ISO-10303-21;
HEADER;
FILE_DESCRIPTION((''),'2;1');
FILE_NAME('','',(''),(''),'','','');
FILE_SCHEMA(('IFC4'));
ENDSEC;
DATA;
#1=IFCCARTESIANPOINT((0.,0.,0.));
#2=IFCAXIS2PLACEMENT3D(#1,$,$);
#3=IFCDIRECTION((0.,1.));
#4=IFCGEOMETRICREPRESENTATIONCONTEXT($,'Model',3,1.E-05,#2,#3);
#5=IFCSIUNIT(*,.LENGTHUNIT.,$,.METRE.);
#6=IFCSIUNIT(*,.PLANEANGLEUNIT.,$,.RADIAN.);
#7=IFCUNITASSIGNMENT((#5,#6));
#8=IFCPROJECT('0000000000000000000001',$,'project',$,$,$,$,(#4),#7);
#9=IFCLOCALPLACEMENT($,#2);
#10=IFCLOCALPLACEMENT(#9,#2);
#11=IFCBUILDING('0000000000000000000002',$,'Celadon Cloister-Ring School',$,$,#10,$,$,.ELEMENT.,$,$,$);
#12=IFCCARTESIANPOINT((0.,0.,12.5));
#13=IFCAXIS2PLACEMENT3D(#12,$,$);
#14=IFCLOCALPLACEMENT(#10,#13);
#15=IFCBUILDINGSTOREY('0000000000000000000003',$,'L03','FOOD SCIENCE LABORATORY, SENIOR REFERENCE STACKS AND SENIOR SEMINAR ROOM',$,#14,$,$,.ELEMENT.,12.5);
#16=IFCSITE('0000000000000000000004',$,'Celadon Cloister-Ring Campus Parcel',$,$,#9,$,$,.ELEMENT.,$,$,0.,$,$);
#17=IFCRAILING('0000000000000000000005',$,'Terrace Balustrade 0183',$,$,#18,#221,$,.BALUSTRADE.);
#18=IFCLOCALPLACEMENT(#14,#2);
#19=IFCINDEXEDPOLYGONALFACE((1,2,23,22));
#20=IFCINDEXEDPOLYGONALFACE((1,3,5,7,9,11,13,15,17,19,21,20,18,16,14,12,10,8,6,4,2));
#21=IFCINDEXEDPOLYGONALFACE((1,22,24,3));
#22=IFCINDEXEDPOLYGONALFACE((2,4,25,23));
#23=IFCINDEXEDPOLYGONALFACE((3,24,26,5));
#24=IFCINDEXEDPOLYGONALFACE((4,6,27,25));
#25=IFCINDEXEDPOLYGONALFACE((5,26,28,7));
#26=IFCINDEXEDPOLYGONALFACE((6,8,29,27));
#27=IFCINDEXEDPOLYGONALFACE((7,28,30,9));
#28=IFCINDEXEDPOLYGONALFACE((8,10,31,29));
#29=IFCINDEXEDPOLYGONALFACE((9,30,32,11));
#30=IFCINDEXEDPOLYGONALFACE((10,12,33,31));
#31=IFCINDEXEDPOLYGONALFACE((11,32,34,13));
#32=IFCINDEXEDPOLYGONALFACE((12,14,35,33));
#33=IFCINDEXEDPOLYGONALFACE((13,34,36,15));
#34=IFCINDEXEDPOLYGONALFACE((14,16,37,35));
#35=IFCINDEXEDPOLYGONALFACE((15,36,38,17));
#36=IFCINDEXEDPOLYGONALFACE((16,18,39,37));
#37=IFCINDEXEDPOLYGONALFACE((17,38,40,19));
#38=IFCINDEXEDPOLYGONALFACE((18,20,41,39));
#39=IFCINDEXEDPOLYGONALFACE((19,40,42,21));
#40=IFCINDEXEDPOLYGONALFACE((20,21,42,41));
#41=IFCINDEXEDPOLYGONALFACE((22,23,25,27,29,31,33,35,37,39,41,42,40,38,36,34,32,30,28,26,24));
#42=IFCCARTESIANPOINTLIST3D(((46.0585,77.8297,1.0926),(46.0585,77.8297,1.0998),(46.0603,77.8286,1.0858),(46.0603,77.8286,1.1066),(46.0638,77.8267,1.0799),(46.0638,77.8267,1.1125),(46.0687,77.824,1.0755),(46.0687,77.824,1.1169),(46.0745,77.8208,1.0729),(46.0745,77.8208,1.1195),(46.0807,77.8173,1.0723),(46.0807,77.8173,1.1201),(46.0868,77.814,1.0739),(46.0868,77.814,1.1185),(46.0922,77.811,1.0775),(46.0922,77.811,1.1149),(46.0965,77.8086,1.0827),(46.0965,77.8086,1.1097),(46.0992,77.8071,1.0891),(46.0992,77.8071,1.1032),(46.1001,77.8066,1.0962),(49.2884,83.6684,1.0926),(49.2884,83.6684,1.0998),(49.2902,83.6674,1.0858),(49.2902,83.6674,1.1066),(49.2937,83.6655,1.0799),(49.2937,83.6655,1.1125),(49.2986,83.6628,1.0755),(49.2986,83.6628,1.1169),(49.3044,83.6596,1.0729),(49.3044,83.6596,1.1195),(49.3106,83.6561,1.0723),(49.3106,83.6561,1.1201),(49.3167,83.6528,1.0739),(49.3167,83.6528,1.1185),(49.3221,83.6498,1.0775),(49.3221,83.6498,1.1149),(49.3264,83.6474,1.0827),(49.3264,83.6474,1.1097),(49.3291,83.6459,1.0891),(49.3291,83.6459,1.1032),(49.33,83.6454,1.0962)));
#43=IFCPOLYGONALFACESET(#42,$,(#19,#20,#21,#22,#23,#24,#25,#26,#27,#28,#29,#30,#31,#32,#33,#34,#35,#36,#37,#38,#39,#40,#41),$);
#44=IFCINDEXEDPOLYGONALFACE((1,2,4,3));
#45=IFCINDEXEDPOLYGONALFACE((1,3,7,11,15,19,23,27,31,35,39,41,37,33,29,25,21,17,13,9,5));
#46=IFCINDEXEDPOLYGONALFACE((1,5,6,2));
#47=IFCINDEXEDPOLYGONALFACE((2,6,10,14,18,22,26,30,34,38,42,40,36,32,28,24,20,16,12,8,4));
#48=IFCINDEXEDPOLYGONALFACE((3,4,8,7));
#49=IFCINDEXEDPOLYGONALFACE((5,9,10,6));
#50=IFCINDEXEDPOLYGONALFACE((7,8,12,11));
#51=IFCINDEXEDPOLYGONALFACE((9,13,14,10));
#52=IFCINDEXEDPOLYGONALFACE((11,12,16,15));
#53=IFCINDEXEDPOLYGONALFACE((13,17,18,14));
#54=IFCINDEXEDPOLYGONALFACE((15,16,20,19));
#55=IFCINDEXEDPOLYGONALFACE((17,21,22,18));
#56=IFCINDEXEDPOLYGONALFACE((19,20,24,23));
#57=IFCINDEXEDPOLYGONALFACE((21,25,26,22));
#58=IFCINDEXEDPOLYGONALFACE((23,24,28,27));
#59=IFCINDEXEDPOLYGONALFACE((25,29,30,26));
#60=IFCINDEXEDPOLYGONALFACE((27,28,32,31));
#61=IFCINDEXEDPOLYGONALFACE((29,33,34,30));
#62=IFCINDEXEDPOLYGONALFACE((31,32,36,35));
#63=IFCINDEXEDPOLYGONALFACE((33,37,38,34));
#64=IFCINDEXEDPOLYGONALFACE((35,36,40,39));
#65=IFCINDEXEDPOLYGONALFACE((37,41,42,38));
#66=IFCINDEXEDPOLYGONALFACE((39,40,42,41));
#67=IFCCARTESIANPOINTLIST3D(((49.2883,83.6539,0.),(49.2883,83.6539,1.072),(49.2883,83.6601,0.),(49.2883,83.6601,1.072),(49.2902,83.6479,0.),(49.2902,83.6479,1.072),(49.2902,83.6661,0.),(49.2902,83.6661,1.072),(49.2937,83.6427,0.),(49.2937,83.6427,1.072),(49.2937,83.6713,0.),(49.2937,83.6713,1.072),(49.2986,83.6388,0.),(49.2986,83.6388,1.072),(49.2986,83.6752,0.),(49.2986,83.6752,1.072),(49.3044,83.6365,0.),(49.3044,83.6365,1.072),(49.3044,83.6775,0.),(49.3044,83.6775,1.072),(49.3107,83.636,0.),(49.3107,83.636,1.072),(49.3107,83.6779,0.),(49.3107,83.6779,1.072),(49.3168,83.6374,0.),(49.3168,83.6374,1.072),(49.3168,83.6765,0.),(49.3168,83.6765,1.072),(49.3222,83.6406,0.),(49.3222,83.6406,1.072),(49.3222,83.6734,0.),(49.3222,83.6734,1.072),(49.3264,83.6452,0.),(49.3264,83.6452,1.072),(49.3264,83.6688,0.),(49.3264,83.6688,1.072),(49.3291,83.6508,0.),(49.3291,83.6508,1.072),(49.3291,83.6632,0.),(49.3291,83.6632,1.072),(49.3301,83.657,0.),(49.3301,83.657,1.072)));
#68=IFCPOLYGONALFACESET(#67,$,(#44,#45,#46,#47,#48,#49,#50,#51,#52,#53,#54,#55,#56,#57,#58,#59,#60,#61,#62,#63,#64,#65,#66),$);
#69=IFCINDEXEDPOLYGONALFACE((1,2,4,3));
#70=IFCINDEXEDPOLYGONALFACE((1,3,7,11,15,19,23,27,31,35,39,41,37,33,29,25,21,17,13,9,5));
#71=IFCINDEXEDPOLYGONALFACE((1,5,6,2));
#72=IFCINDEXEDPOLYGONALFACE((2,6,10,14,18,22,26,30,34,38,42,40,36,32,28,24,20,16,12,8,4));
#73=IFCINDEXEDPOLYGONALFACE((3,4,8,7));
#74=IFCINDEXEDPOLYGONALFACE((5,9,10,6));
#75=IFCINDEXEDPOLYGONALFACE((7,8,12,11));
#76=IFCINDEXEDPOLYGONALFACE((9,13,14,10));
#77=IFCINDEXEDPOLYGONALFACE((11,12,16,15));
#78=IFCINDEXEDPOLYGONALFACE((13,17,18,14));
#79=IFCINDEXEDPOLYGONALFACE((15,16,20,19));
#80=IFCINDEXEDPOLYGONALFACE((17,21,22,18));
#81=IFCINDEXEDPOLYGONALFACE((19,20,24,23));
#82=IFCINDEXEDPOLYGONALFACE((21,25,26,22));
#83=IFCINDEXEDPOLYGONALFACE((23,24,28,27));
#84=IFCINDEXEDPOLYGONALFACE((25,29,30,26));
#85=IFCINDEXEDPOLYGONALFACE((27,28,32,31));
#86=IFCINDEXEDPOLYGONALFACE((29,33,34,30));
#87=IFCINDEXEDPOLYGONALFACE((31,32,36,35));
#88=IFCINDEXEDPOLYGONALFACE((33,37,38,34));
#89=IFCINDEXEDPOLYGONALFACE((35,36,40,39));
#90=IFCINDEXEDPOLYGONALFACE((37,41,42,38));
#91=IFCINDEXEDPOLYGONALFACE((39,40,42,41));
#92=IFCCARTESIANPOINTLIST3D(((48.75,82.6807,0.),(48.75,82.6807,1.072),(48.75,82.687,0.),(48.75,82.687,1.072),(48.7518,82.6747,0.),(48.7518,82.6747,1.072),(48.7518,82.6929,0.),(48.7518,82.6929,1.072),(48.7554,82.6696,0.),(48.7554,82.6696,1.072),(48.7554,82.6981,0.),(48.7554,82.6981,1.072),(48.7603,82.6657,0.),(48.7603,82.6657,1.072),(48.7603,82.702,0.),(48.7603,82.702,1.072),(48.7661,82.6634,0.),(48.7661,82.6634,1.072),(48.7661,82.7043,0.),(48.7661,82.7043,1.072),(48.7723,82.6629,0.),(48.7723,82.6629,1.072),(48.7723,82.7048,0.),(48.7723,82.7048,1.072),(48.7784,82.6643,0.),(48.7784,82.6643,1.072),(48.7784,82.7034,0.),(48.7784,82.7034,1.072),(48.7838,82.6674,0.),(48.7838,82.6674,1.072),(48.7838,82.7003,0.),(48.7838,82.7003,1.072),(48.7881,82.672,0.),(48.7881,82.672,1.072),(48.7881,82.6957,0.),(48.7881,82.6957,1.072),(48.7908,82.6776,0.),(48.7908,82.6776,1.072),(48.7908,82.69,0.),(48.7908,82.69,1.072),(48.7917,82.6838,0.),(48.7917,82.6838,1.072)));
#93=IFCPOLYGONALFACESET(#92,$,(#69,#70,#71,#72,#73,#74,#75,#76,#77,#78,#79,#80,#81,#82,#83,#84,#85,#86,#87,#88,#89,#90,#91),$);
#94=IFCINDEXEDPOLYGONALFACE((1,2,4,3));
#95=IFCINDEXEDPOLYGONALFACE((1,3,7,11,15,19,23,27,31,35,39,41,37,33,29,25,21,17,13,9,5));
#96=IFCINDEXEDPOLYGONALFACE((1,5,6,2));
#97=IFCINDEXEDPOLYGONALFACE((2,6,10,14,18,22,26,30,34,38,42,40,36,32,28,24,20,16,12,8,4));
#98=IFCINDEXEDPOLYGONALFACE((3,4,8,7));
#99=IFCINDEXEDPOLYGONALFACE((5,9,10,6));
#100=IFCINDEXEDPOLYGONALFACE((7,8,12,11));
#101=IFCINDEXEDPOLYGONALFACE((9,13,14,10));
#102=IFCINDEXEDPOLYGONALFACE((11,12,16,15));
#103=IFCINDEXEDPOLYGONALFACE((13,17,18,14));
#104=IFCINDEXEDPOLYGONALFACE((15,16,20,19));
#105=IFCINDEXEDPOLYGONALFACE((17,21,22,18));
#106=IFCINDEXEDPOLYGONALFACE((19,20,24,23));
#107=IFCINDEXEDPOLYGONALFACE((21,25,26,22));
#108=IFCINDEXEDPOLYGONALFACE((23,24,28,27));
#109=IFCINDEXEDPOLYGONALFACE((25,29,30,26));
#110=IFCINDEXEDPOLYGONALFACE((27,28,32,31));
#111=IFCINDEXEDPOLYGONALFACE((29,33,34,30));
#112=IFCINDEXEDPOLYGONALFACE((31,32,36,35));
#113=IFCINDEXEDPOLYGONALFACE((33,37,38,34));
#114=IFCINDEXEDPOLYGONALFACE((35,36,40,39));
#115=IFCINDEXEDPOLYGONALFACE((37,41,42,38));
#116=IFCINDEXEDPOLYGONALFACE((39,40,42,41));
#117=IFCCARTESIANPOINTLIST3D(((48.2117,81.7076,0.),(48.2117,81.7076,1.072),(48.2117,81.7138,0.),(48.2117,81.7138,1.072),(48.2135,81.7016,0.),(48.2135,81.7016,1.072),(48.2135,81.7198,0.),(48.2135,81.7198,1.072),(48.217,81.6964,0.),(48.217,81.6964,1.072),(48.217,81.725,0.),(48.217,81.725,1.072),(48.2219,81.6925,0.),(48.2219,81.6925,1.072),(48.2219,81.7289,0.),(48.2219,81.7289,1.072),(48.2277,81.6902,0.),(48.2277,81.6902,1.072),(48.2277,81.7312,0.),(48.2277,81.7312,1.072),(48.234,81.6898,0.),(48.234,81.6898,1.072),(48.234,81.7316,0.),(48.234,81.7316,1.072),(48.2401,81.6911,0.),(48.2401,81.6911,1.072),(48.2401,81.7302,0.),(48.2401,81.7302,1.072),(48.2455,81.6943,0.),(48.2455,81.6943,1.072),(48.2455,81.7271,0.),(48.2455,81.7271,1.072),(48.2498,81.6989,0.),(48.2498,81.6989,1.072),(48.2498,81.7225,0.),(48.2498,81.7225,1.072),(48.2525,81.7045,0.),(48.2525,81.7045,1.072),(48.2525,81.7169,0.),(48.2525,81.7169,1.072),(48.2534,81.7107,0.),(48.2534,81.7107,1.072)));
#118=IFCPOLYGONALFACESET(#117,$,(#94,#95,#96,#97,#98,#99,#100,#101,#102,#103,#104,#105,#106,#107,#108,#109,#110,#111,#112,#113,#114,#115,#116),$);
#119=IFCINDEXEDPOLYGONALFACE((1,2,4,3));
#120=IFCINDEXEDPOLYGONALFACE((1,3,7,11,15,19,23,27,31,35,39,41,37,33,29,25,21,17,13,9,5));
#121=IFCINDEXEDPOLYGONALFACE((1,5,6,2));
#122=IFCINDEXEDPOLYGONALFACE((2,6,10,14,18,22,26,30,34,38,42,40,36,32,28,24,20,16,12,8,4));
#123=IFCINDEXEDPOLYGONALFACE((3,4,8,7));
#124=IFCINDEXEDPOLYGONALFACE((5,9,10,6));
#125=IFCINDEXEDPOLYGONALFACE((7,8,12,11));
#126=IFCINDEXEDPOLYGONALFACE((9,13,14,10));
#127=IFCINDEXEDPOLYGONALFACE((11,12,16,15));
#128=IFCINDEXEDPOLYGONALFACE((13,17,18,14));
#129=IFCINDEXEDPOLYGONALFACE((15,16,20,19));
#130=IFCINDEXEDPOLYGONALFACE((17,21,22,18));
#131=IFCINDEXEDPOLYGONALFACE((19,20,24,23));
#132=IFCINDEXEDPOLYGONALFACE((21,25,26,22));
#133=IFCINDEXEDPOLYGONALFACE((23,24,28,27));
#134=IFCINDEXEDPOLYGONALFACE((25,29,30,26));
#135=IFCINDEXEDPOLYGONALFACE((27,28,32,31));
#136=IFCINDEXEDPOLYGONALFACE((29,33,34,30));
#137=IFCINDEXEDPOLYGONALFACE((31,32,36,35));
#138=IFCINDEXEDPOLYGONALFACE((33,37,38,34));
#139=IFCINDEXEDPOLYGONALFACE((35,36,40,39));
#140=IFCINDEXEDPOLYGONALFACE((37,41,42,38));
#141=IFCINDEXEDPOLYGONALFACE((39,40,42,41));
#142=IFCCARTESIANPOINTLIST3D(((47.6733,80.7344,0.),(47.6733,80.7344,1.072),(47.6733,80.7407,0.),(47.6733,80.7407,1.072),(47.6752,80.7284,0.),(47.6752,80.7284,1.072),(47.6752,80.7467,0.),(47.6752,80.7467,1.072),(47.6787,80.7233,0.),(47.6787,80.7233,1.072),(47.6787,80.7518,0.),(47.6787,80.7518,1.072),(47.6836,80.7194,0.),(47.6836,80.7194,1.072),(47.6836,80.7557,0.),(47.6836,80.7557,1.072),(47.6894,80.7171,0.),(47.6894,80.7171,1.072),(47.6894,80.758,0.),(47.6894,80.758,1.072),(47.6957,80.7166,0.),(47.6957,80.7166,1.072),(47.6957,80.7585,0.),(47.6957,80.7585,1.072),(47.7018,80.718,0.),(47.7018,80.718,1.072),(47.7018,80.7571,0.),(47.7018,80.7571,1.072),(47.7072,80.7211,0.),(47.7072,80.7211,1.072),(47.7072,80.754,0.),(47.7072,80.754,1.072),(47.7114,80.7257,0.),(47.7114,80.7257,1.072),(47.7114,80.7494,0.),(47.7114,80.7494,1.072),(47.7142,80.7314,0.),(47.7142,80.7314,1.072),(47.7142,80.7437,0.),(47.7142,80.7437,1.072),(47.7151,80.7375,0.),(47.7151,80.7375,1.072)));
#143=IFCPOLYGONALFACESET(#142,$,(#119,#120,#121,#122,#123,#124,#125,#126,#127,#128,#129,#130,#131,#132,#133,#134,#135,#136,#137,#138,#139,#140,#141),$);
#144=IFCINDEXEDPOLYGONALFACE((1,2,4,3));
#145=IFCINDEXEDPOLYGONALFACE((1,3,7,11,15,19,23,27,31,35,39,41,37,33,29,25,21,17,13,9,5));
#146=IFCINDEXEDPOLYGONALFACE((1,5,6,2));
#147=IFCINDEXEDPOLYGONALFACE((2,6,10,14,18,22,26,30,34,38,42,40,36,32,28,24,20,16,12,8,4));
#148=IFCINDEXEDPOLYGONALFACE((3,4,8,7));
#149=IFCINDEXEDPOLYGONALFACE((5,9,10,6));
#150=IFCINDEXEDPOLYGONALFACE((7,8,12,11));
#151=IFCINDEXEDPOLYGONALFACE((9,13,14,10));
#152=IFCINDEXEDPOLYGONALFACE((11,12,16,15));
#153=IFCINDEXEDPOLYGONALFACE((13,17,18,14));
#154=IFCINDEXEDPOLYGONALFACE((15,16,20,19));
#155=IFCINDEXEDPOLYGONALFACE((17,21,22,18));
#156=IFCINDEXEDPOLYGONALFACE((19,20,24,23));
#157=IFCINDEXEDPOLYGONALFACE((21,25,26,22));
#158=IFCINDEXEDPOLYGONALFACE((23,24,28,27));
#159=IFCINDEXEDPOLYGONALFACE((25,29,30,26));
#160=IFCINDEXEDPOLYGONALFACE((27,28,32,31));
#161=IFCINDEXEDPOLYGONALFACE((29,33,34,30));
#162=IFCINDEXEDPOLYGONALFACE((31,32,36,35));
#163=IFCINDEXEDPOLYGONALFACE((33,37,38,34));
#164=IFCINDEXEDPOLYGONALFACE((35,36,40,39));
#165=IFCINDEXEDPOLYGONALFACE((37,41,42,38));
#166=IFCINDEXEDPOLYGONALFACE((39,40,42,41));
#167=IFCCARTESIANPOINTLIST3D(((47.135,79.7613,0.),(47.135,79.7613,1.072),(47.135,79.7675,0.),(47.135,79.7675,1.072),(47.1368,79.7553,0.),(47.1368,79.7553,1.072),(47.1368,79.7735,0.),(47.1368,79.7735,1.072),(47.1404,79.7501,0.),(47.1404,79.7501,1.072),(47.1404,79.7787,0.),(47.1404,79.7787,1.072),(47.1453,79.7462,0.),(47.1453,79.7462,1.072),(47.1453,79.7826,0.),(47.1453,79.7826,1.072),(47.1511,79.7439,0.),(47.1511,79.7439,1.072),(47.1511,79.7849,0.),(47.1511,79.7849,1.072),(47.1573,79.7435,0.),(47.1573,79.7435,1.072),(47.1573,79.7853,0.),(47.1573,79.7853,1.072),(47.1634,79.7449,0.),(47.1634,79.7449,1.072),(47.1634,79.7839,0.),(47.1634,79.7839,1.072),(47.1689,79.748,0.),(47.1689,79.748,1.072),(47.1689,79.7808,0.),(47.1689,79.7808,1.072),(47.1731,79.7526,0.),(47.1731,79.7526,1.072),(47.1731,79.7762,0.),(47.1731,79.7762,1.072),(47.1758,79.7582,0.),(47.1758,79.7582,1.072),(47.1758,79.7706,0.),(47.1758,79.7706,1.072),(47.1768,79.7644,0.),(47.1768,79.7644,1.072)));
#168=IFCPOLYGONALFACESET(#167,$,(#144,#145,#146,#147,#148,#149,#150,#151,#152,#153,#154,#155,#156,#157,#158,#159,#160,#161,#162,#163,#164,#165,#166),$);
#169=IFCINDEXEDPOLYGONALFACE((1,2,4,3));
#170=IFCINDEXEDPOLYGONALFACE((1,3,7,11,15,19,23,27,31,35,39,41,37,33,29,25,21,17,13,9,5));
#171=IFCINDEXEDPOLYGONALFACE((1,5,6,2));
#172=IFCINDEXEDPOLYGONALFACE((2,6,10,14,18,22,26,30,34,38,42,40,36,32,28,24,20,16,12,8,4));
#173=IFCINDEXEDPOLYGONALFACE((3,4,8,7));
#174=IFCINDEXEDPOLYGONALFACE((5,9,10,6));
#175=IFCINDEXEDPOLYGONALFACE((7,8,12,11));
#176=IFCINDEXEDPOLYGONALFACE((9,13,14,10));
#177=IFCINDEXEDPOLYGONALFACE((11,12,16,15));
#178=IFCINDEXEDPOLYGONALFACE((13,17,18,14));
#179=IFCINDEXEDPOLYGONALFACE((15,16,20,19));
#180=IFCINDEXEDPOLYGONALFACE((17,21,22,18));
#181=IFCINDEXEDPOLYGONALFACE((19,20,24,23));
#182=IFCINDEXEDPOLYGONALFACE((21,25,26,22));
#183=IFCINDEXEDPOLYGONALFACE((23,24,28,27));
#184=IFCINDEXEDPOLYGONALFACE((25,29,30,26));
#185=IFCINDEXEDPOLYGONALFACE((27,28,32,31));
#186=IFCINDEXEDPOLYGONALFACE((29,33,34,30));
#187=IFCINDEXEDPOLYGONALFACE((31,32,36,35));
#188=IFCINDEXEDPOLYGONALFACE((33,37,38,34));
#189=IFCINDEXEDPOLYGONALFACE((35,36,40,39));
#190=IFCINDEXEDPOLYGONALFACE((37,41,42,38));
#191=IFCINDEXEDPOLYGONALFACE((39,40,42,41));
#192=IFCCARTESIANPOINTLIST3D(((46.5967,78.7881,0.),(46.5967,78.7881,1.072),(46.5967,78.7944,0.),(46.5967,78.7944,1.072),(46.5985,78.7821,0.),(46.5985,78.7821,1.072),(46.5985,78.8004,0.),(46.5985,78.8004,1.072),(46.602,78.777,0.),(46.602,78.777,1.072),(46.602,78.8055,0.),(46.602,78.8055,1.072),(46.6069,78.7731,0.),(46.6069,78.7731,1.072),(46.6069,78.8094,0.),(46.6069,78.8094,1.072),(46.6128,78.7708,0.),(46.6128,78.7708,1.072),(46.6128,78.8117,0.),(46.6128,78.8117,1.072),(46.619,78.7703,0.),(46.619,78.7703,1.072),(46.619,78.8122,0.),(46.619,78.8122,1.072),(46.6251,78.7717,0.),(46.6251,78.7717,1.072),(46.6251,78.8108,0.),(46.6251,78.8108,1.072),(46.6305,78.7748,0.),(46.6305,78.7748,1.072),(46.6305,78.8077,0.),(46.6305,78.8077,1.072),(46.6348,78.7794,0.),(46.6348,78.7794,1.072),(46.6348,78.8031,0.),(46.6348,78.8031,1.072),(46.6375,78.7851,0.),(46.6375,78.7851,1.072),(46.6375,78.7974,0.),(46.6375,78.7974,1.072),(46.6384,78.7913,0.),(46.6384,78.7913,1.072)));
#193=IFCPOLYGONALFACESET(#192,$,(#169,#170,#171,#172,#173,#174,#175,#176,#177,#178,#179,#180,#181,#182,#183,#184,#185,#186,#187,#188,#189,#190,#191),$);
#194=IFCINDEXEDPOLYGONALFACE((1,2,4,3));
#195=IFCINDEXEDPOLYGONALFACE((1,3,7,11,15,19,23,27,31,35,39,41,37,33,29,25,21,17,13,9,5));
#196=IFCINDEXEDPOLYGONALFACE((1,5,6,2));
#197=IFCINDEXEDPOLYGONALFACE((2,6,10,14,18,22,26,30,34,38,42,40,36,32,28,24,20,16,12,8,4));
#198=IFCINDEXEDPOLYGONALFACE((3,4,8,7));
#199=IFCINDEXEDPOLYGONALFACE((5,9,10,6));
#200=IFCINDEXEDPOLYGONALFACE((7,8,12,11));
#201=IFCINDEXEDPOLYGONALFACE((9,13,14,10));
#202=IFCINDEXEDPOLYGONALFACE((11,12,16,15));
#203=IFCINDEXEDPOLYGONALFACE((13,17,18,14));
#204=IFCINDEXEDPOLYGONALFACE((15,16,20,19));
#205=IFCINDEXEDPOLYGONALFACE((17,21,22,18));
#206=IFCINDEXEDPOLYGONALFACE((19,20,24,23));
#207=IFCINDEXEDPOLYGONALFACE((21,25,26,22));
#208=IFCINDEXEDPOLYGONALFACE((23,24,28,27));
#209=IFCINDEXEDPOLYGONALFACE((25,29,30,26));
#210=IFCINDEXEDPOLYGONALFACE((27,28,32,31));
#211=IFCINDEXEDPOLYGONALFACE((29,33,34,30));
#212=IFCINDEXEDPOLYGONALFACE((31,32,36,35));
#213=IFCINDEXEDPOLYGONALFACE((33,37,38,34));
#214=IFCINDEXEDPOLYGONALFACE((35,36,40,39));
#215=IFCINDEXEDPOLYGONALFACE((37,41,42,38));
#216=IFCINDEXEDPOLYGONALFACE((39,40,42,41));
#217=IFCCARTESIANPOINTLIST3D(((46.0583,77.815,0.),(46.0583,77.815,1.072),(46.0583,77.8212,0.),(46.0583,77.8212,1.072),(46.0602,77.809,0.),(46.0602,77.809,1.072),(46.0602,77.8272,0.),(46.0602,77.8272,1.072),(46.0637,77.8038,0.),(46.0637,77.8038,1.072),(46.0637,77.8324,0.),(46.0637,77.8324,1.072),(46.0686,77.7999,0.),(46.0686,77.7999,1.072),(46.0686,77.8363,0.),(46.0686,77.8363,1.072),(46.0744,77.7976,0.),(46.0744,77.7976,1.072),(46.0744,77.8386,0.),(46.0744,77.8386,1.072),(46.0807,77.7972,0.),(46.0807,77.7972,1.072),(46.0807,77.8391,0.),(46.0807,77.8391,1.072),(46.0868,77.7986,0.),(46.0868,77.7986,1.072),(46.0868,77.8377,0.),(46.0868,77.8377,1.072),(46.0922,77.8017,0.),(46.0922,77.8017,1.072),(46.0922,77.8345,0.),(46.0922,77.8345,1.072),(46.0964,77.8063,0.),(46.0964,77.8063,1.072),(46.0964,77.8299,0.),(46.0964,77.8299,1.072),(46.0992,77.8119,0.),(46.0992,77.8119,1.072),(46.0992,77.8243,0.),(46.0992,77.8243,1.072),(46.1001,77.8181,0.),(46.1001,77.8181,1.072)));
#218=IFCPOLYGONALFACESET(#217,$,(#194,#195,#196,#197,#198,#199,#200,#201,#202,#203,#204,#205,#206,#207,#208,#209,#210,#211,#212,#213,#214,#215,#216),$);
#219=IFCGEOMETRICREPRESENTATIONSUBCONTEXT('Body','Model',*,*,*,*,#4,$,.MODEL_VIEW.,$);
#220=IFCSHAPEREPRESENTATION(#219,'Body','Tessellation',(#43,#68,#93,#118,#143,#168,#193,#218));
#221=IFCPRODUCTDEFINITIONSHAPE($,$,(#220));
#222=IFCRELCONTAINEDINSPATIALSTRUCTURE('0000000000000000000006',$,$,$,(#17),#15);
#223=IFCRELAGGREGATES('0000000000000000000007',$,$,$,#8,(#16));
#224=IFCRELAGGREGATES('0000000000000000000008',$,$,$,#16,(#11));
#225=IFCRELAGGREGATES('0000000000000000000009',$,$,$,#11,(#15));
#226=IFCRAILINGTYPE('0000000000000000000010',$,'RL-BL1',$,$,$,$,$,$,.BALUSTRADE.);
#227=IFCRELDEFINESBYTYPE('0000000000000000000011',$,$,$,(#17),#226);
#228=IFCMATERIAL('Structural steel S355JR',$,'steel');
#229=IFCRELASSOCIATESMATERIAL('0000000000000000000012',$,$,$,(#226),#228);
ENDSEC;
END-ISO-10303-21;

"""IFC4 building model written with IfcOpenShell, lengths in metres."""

from ifc_helpers import new_model, si_unit, direction, frame, origin, origin_2d, place, context, subcontext, project, spatial, circle, extrude, material, type_object, element, save


model = new_model("IFC4")

# Units and contexts
model_context = context("Model", 3, precision=1e-05, world=origin(), true_north=direction((0.0, 1.0)))
body_context = subcontext(model_context, "Body", "Model", "MODEL_VIEW")
ifc_project = project(units=[si_unit("LENGTHUNIT", "METRE"), si_unit("PLANEANGLEUNIT", "RADIAN")], contexts=[model_context])

# Site, building, storey
site_placement = place(None, origin())
site = spatial("IfcSite", under=ifc_project, at=site_placement, Name="Celadon Cloister-Ring Campus Parcel", CompositionType="ELEMENT", RefElevation=0.0)
building_placement = place(site_placement, origin())
building = spatial("IfcBuilding", under=site, at=building_placement, Name="Celadon Cloister-Ring School", CompositionType="ELEMENT")
storey_placement = place(building_placement, frame((0.0, 0.0, 12.5)))
storey = spatial("IfcBuildingStorey", under=building, at=storey_placement, Name="L03", Description="FOOD SCIENCE LABORATORY, SENIOR REFERENCE STACKS AND SENIOR SEMINAR ROOM", CompositionType="ELEMENT", Elevation=12.5)

# Railing
ifc_material_1 = material(Name="Structural steel S355JR", Category="steel")
railing_type = type_object("IfcRailingType", Name="RL-BL1", PredefinedType="BALUSTRADE", material=ifc_material_1)
railing_placement = place(storey_placement, frame((49.3091, 83.657, 0.0)))
element("IfcRailing", 1, at=railing_placement, inside=storey, type_object=railing_type, Name="Terrace Balustrade 0183", PredefinedType="BALUSTRADE", context=body_context, shape_type="SweptSolid", body=[
    extrude(circle(Radius=0.0239, at=origin_2d()), frame((0.0, 0.0, 1.0962), z_axis=(-0.484058, -0.875036, 0.0), x_axis=(0.875036, -0.484058, 0.0)), (0.0, 0.0, 1.0), 6.6726),
    extrude(circle(Radius=0.021, at=origin_2d()), origin(), (0.0, 0.0, 1.0), 1.072),
    extrude(circle(Radius=0.021, at=origin_2d()), frame((-0.5383, -0.9731, 0.0)), (0.0, 0.0, 1.0), 1.072),
    extrude(circle(Radius=0.021, at=origin_2d()), frame((-1.0767, -1.9463, 0.0)), (0.0, 0.0, 1.0), 1.072),
    extrude(circle(Radius=0.021, at=origin_2d()), frame((-1.615, -2.9194, 0.0)), (0.0, 0.0, 1.0), 1.072),
    extrude(circle(Radius=0.021, at=origin_2d()), frame((-2.1533, -3.8926, 0.0)), (0.0, 0.0, 1.0), 1.072),
    extrude(circle(Radius=0.021, at=origin_2d()), frame((-2.6917, -4.8657, 0.0)), (0.0, 0.0, 1.0), 1.072),
    extrude(circle(Radius=0.021, at=origin_2d()), frame((-3.23, -5.8389, 0.0)), (0.0, 0.0, 1.0), 1.072),
])

save(model, "model.ifc")
